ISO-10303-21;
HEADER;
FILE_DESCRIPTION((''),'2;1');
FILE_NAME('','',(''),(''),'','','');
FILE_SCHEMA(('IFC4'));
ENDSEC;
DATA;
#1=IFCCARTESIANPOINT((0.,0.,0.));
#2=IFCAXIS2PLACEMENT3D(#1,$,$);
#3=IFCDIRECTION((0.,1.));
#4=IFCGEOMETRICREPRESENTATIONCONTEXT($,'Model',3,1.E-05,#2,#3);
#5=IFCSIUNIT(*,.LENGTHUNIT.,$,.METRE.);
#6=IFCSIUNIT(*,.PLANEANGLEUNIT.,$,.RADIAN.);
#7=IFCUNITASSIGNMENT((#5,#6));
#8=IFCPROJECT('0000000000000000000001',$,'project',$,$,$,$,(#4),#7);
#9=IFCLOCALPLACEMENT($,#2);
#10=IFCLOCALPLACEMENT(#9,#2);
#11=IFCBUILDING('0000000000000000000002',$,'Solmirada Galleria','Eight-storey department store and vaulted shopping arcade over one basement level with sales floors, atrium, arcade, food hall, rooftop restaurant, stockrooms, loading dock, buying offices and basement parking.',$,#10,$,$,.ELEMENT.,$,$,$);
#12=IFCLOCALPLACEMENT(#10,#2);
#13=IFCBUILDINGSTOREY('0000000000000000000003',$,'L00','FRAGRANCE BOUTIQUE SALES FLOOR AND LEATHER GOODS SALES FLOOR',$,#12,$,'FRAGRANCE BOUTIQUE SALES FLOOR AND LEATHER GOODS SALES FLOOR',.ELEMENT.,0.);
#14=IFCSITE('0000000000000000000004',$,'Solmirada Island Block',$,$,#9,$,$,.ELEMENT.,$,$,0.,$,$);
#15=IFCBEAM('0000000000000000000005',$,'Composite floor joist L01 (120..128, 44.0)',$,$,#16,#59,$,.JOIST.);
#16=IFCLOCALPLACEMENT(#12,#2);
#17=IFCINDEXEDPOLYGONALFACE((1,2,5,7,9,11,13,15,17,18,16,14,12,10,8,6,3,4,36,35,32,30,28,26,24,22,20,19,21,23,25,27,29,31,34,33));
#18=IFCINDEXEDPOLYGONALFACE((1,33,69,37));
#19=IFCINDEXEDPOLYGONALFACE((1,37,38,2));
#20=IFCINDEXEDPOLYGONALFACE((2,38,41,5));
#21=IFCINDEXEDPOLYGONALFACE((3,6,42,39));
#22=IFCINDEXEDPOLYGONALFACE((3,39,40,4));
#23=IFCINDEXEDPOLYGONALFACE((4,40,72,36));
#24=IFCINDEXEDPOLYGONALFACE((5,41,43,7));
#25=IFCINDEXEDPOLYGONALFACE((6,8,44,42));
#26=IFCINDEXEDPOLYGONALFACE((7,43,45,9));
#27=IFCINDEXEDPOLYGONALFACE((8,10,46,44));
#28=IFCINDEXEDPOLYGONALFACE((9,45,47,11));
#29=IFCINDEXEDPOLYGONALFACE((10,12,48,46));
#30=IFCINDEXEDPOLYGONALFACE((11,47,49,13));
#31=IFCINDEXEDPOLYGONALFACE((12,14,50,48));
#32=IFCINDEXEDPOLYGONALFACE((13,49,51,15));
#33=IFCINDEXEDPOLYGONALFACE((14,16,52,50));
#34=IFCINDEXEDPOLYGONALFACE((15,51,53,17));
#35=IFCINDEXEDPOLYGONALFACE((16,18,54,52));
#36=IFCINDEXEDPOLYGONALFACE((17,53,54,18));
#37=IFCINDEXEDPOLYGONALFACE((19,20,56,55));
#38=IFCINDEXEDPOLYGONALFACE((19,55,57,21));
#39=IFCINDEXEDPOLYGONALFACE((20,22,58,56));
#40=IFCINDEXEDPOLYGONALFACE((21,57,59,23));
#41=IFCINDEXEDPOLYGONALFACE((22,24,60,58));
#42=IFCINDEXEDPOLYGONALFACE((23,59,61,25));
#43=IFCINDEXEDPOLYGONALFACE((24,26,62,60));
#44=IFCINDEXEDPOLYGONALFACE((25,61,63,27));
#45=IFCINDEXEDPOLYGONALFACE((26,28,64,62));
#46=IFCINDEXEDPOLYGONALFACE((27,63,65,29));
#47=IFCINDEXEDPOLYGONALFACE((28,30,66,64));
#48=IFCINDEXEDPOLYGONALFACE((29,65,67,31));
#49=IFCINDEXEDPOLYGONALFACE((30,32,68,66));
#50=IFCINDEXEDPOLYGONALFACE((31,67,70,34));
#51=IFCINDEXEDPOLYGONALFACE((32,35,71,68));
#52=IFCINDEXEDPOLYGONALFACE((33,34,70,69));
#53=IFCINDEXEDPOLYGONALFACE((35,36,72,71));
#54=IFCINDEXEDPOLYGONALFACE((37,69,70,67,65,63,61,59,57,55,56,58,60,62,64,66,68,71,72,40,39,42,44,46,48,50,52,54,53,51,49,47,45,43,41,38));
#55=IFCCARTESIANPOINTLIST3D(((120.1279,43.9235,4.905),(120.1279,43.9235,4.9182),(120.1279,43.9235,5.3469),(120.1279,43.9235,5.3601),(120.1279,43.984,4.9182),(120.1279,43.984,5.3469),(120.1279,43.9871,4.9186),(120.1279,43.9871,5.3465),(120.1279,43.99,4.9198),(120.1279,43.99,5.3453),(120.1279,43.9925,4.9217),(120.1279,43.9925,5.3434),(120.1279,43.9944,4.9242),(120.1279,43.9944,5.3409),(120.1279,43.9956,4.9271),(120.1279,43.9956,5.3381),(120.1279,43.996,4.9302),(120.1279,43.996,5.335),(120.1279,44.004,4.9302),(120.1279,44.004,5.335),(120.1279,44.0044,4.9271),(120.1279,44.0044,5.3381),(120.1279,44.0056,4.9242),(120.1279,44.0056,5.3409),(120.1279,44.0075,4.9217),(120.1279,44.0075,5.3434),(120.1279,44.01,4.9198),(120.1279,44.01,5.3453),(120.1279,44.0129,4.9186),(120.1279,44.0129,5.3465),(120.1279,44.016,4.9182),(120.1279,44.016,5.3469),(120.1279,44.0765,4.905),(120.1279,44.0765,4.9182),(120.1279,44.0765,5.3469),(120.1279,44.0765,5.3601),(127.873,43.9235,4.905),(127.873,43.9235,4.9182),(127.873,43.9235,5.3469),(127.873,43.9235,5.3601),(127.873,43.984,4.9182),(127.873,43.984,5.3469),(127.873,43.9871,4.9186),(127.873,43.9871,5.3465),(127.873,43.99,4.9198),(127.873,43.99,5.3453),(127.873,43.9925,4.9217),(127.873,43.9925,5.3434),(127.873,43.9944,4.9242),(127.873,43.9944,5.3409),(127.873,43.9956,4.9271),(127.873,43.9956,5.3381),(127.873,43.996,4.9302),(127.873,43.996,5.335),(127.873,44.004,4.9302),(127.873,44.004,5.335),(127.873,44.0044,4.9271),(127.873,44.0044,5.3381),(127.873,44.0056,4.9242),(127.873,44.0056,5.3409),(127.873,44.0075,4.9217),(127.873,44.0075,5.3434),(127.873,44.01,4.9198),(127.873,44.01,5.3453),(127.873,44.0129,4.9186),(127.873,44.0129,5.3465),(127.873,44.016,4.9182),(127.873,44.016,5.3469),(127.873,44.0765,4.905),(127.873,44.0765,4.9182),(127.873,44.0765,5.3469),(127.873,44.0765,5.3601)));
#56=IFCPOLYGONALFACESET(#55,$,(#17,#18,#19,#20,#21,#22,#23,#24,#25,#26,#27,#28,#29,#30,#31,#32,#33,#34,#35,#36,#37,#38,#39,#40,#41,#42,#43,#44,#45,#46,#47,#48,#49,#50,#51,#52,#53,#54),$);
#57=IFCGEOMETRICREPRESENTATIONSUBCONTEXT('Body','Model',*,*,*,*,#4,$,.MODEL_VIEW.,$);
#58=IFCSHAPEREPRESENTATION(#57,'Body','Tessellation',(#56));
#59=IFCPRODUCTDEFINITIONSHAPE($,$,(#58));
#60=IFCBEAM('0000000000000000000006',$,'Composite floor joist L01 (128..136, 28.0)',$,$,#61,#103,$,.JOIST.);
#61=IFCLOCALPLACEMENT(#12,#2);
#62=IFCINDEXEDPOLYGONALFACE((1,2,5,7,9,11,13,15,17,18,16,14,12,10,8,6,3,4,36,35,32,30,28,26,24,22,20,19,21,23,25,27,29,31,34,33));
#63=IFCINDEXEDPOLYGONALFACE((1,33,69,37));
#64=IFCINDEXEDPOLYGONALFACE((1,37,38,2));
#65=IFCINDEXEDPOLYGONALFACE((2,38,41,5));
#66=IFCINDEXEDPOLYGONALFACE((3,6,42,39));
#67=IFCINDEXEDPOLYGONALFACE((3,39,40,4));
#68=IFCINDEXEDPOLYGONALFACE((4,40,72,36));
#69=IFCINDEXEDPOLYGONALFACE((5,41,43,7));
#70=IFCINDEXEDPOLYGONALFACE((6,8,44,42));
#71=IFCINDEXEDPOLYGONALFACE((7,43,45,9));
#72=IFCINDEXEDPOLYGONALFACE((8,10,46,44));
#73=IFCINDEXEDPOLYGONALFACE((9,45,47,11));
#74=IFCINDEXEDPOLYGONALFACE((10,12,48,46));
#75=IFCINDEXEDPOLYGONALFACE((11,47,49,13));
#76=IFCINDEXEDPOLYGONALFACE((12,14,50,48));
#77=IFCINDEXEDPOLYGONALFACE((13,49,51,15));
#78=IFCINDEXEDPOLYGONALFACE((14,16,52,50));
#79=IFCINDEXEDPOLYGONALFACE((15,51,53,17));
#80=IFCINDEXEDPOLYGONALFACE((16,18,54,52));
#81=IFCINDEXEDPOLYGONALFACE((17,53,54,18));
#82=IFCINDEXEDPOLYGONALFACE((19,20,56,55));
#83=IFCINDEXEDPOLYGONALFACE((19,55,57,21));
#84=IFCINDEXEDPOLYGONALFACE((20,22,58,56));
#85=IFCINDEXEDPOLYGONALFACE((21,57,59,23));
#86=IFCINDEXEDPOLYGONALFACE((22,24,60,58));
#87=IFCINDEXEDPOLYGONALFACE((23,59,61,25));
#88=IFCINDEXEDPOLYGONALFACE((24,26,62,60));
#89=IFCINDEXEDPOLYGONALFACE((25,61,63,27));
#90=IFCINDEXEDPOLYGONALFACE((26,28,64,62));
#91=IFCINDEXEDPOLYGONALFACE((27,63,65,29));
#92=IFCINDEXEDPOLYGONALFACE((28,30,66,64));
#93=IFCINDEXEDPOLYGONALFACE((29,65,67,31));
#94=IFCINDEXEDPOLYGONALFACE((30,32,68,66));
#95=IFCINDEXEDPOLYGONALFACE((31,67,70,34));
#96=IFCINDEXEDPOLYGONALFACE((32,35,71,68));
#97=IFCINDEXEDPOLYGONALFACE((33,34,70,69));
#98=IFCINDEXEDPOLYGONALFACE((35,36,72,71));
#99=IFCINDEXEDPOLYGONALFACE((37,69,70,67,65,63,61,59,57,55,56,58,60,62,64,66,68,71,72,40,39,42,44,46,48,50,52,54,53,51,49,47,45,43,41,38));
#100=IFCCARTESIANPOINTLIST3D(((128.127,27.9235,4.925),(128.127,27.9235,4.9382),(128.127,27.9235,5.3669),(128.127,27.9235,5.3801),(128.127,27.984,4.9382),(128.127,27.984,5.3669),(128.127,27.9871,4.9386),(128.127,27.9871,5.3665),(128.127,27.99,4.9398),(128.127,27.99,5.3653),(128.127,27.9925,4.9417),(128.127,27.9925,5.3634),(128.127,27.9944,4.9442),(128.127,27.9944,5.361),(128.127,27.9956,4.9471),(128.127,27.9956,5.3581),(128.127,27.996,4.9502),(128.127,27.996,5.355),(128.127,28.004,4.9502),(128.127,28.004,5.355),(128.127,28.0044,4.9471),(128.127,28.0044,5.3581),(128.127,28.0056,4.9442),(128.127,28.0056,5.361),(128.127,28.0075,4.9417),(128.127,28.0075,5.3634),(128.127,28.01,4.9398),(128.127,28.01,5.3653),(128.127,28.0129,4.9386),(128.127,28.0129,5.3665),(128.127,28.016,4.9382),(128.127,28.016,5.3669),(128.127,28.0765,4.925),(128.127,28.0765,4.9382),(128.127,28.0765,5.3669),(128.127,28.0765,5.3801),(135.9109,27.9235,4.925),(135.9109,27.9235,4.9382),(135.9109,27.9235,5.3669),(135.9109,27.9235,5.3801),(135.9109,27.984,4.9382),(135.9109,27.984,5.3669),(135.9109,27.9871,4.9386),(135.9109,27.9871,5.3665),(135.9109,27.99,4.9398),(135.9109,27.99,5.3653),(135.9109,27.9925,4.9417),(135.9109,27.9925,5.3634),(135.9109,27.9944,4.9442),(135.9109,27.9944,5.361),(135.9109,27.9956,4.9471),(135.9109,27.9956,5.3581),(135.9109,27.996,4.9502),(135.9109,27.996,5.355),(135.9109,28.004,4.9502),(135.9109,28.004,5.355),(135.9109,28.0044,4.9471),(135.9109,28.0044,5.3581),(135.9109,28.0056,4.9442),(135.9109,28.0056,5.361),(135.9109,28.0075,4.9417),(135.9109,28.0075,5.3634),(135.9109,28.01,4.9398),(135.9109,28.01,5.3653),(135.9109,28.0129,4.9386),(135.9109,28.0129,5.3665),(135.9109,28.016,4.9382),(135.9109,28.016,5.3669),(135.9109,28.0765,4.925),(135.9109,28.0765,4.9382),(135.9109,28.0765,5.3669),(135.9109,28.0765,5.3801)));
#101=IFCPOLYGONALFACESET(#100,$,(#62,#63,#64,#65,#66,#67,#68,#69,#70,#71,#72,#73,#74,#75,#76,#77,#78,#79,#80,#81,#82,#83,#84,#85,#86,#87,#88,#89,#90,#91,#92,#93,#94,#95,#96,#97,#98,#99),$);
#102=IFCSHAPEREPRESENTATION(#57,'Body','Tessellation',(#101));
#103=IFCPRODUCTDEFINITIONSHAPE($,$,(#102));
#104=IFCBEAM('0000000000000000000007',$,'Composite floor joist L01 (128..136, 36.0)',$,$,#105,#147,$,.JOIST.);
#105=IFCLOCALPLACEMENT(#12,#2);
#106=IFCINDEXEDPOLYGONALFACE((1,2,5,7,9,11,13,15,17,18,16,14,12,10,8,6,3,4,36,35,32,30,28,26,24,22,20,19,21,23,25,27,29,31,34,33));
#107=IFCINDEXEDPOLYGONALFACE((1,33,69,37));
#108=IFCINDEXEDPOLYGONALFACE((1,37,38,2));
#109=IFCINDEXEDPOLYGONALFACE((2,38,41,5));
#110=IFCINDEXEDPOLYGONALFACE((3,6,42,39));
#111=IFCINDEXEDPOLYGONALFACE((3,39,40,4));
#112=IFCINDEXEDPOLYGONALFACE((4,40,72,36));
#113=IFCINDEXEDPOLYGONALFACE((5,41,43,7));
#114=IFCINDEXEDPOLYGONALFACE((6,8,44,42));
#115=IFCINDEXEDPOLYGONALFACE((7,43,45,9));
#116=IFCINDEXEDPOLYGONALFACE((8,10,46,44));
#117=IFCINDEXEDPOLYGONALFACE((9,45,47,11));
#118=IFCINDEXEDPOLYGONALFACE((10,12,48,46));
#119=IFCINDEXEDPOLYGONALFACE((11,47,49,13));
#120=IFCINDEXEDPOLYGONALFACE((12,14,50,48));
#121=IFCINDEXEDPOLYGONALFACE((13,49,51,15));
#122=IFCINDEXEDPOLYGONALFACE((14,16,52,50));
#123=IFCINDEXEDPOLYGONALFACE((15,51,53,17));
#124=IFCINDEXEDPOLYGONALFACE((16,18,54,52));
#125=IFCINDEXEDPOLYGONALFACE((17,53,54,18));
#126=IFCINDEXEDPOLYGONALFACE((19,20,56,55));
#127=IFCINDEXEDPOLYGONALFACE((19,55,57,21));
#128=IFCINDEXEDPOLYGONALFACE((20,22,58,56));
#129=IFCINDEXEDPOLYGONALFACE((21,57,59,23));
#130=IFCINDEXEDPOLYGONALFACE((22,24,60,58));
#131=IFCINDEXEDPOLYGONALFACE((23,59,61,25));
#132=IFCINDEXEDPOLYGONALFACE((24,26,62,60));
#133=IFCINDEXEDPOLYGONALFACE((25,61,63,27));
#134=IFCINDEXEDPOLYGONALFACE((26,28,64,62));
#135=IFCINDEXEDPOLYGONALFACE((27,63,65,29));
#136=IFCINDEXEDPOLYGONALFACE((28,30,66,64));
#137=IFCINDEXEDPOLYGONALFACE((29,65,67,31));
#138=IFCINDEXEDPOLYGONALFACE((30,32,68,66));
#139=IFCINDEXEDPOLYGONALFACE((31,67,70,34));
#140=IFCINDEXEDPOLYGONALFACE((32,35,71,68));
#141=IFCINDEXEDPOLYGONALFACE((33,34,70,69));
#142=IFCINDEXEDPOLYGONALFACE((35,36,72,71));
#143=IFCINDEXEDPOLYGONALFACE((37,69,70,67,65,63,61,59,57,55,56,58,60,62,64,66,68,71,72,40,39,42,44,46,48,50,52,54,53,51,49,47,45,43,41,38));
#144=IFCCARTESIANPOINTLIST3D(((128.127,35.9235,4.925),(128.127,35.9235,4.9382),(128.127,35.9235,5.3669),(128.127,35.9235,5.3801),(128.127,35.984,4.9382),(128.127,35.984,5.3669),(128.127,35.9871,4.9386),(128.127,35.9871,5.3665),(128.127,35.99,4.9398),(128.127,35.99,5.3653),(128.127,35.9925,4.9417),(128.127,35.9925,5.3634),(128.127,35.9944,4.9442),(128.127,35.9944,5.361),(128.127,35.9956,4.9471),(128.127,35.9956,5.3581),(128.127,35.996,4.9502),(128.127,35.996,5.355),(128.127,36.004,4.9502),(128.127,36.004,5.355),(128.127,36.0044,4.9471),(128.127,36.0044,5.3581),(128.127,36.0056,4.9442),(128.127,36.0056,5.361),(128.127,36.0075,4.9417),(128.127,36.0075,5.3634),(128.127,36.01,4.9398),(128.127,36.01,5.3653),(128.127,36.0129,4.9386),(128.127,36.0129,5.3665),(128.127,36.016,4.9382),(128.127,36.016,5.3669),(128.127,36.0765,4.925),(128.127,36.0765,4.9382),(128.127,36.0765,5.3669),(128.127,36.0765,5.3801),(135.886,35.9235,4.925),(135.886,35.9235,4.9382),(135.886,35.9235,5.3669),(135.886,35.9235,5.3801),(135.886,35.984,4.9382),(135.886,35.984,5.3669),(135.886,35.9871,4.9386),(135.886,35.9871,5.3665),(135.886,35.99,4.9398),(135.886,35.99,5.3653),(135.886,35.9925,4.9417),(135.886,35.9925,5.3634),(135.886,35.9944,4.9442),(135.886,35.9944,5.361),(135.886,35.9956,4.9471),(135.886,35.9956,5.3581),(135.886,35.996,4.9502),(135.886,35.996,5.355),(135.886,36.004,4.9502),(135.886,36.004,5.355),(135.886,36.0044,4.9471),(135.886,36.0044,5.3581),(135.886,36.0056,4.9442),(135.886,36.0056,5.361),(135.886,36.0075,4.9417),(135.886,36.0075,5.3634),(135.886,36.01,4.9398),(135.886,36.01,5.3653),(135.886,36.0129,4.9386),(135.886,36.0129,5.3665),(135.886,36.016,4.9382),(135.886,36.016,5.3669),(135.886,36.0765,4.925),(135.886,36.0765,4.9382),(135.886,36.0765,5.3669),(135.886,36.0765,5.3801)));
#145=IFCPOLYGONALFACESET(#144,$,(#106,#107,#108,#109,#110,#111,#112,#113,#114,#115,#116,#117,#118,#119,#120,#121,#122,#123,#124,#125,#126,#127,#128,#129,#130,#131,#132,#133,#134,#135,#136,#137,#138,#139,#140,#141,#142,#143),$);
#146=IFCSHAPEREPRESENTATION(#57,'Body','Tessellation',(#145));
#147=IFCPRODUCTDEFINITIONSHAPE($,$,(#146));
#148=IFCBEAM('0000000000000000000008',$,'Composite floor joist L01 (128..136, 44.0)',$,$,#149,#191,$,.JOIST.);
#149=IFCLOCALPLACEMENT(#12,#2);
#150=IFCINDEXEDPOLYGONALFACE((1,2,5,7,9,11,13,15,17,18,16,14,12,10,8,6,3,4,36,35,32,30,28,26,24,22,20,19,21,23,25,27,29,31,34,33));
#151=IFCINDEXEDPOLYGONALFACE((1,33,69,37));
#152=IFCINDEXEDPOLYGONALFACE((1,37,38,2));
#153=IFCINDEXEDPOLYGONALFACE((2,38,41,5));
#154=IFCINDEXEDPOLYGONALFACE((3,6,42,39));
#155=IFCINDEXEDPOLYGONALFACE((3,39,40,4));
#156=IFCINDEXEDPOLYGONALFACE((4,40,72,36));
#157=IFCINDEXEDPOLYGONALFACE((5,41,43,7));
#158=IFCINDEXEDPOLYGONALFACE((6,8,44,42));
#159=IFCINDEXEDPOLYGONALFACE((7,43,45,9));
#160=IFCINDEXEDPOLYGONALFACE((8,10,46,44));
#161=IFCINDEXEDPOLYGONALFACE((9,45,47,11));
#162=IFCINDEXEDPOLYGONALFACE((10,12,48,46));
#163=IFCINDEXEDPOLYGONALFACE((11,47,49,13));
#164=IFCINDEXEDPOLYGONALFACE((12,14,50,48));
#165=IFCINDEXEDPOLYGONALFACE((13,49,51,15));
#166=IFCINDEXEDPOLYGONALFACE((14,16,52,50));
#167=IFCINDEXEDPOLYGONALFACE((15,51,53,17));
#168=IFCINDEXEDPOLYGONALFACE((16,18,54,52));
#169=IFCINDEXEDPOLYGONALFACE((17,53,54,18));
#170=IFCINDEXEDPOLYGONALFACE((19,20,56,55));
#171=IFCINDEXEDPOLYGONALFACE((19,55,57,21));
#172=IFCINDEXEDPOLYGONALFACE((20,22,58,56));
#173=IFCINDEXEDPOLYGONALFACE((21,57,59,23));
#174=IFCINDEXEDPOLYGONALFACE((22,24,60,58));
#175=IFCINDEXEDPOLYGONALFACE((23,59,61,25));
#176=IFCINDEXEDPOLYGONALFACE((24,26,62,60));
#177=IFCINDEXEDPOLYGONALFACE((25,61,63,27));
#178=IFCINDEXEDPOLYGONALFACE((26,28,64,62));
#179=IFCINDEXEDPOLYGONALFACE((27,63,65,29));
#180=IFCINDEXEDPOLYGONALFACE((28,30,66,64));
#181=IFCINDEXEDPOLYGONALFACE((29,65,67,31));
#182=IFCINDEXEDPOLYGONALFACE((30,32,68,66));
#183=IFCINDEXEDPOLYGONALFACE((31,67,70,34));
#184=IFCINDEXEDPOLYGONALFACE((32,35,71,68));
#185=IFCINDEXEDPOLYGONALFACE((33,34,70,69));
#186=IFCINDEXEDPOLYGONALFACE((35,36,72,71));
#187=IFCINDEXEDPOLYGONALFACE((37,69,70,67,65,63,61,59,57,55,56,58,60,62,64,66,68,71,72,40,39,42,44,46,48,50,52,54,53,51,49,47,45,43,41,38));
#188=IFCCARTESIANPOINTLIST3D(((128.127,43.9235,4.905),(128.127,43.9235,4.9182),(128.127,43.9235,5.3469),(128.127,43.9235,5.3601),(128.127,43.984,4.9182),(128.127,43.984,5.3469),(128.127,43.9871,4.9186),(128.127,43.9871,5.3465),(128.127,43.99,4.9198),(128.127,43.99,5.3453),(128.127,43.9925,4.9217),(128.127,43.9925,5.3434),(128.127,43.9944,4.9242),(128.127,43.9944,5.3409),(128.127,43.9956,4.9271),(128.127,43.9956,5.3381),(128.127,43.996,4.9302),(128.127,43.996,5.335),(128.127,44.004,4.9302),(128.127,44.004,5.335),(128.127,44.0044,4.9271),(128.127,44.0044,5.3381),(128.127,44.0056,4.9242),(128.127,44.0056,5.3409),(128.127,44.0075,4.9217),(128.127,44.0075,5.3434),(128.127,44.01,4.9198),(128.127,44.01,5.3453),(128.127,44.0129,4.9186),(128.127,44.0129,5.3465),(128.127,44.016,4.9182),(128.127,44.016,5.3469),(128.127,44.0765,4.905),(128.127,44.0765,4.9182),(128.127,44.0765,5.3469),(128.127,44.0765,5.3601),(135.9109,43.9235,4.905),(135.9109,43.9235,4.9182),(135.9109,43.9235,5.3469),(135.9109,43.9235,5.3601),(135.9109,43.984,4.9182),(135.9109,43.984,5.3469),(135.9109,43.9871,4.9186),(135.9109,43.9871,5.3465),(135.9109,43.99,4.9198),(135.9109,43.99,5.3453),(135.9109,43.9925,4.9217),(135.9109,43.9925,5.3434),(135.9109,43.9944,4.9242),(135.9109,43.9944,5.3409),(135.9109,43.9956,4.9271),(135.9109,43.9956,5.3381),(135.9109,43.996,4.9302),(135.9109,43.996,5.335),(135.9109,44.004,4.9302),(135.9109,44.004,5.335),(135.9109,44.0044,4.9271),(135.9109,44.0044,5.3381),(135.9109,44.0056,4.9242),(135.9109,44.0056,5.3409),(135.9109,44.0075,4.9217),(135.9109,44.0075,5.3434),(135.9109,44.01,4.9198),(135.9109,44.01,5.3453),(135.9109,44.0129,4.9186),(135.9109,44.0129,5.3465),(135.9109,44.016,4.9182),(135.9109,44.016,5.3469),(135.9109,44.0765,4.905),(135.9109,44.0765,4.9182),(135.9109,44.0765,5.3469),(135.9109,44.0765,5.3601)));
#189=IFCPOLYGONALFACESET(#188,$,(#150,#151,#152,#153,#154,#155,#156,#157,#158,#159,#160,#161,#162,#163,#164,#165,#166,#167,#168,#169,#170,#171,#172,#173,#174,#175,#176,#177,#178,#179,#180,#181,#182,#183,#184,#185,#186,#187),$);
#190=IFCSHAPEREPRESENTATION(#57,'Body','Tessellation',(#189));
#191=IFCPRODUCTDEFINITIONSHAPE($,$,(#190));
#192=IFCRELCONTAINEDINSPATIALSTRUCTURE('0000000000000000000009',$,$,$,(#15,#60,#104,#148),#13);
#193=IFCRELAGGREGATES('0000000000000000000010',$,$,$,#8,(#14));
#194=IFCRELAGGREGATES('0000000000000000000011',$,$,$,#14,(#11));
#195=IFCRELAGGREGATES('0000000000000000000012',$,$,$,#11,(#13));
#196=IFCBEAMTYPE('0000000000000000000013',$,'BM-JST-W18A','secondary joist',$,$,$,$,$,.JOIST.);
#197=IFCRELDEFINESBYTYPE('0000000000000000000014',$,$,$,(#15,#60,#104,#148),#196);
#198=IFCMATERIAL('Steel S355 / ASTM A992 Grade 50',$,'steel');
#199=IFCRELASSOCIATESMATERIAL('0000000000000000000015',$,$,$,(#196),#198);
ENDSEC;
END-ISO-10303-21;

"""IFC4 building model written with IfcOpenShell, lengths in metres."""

from ifc_helpers import new_model, si_unit, direction, frame, origin, origin_2d, place, context, subcontext, project, spatial, i_section, extrude, material, material_profile, profile_set, type_object, element, save


model = new_model("IFC4")

# Units and contexts
model_context = context("Model", 3, precision=1e-05, world=origin(), true_north=direction((0.0, 1.0)))
body_context = subcontext(model_context, "Body", "Model", "MODEL_VIEW")
ifc_project = project(units=[si_unit("LENGTHUNIT", "METRE"), si_unit("PLANEANGLEUNIT", "RADIAN")], contexts=[model_context])

# Site, building, storey
site_placement = place(None, origin())
site = spatial("IfcSite", under=ifc_project, at=site_placement, Name="Solmirada Island Block", CompositionType="ELEMENT", RefElevation=0.0)
building_placement = place(site_placement, origin())
building = spatial("IfcBuilding", under=site, at=building_placement, Name="Solmirada Galleria", Description="Eight-storey department store and vaulted shopping arcade over one basement level with sales floors, atrium, arcade, food hall, rooftop restaurant, stockrooms, loading dock, buying offices and basement parking.", CompositionType="ELEMENT")
storey_placement = place(building_placement, origin())
storey = spatial("IfcBuildingStorey", under=building, at=storey_placement, Name="L00", Description="FRAGRANCE BOUTIQUE SALES FLOOR AND LEATHER GOODS SALES FLOOR", LongName="FRAGRANCE BOUTIQUE SALES FLOOR AND LEATHER GOODS SALES FLOOR", CompositionType="ELEMENT", Elevation=0.0)

# Beams
ifc_material_1 = material(Name="Steel S355 / ASTM A992 Grade 50", Category="steel")
ifc_material_profile_1 = material_profile(ifc_material_1, i_section(OverallWidth=0.1531, OverallDepth=0.4551, WebThickness=0.0081, FlangeThickness=0.0132, FilletRadius=0.012, at=origin_2d()), Name="W18X40")
ifc_profile_set_1 = profile_set([ifc_material_profile_1], Name="Steel S355 / ASTM A992 Grade 50")
beam_type_1 = type_object("IfcBeamType", Name="BM-JST-W18A", Description="secondary joist", PredefinedType="JOIST", material=ifc_profile_set_1)
for number, where, z_axis, x_axis, name in (
    (1, (120.1279, 44.0, 5.1326), (1.0, 0.0, 0.0), (0.0, 1.0, 0.0), "Composite floor joist L01 (120..128, 44.0)"),
):
    element("IfcBeam", number, at=place(storey_placement, frame(where, z_axis=z_axis, x_axis=x_axis)), inside=storey, type_object=beam_type_1, Name=name, PredefinedType="JOIST", context=body_context, shape_type="SweptSolid", body=[
        extrude(i_section(OverallWidth=0.1531, OverallDepth=0.4551, WebThickness=0.0081, FlangeThickness=0.0132, FilletRadius=0.012, at=origin_2d()), origin(), (0.0, 0.0, 1.0), 7.7451),
    ])
beam_1_placement = place(storey_placement, frame((128.127, 28.0, 5.1526), z_axis=(1.0, 0.0, 0.0), x_axis=(0.0, 1.0, 0.0)))
element("IfcBeam", 2, at=beam_1_placement, inside=storey, type_object=beam_type_1, Name="Composite floor joist L01 (128..136, 28.0)", PredefinedType="JOIST", context=body_context, shape_type="SweptSolid", body=[
    extrude(i_section(OverallWidth=0.1531, OverallDepth=0.4551, WebThickness=0.0081, FlangeThickness=0.0132, FilletRadius=0.012, at=origin_2d()), origin(), (0.0, 0.0, 1.0), 7.7839),
])
beam_2_placement = place(storey_placement, frame((128.127, 36.0, 5.1526), z_axis=(1.0, 0.0, 0.0), x_axis=(0.0, 1.0, 0.0)))
element("IfcBeam", 3, at=beam_2_placement, inside=storey, type_object=beam_type_1, Name="Composite floor joist L01 (128..136, 36.0)", PredefinedType="JOIST", context=body_context, shape_type="SweptSolid", body=[
    extrude(i_section(OverallWidth=0.1531, OverallDepth=0.4551, WebThickness=0.0081, FlangeThickness=0.0132, FilletRadius=0.012, at=origin_2d()), origin(), (0.0, 0.0, 1.0), 7.759),
])
beam_3_placement = place(storey_placement, frame((128.127, 44.0, 5.1326), z_axis=(1.0, 0.0, 0.0), x_axis=(0.0, 1.0, 0.0)))
element("IfcBeam", 4, at=beam_3_placement, inside=storey, type_object=beam_type_1, Name="Composite floor joist L01 (128..136, 44.0)", PredefinedType="JOIST", context=body_context, shape_type="SweptSolid", body=[
    extrude(i_section(OverallWidth=0.1531, OverallDepth=0.4551, WebThickness=0.0081, FlangeThickness=0.0132, FilletRadius=0.012, at=origin_2d()), origin(), (0.0, 0.0, 1.0), 7.7839),
])

save(model, "model.ifc")
